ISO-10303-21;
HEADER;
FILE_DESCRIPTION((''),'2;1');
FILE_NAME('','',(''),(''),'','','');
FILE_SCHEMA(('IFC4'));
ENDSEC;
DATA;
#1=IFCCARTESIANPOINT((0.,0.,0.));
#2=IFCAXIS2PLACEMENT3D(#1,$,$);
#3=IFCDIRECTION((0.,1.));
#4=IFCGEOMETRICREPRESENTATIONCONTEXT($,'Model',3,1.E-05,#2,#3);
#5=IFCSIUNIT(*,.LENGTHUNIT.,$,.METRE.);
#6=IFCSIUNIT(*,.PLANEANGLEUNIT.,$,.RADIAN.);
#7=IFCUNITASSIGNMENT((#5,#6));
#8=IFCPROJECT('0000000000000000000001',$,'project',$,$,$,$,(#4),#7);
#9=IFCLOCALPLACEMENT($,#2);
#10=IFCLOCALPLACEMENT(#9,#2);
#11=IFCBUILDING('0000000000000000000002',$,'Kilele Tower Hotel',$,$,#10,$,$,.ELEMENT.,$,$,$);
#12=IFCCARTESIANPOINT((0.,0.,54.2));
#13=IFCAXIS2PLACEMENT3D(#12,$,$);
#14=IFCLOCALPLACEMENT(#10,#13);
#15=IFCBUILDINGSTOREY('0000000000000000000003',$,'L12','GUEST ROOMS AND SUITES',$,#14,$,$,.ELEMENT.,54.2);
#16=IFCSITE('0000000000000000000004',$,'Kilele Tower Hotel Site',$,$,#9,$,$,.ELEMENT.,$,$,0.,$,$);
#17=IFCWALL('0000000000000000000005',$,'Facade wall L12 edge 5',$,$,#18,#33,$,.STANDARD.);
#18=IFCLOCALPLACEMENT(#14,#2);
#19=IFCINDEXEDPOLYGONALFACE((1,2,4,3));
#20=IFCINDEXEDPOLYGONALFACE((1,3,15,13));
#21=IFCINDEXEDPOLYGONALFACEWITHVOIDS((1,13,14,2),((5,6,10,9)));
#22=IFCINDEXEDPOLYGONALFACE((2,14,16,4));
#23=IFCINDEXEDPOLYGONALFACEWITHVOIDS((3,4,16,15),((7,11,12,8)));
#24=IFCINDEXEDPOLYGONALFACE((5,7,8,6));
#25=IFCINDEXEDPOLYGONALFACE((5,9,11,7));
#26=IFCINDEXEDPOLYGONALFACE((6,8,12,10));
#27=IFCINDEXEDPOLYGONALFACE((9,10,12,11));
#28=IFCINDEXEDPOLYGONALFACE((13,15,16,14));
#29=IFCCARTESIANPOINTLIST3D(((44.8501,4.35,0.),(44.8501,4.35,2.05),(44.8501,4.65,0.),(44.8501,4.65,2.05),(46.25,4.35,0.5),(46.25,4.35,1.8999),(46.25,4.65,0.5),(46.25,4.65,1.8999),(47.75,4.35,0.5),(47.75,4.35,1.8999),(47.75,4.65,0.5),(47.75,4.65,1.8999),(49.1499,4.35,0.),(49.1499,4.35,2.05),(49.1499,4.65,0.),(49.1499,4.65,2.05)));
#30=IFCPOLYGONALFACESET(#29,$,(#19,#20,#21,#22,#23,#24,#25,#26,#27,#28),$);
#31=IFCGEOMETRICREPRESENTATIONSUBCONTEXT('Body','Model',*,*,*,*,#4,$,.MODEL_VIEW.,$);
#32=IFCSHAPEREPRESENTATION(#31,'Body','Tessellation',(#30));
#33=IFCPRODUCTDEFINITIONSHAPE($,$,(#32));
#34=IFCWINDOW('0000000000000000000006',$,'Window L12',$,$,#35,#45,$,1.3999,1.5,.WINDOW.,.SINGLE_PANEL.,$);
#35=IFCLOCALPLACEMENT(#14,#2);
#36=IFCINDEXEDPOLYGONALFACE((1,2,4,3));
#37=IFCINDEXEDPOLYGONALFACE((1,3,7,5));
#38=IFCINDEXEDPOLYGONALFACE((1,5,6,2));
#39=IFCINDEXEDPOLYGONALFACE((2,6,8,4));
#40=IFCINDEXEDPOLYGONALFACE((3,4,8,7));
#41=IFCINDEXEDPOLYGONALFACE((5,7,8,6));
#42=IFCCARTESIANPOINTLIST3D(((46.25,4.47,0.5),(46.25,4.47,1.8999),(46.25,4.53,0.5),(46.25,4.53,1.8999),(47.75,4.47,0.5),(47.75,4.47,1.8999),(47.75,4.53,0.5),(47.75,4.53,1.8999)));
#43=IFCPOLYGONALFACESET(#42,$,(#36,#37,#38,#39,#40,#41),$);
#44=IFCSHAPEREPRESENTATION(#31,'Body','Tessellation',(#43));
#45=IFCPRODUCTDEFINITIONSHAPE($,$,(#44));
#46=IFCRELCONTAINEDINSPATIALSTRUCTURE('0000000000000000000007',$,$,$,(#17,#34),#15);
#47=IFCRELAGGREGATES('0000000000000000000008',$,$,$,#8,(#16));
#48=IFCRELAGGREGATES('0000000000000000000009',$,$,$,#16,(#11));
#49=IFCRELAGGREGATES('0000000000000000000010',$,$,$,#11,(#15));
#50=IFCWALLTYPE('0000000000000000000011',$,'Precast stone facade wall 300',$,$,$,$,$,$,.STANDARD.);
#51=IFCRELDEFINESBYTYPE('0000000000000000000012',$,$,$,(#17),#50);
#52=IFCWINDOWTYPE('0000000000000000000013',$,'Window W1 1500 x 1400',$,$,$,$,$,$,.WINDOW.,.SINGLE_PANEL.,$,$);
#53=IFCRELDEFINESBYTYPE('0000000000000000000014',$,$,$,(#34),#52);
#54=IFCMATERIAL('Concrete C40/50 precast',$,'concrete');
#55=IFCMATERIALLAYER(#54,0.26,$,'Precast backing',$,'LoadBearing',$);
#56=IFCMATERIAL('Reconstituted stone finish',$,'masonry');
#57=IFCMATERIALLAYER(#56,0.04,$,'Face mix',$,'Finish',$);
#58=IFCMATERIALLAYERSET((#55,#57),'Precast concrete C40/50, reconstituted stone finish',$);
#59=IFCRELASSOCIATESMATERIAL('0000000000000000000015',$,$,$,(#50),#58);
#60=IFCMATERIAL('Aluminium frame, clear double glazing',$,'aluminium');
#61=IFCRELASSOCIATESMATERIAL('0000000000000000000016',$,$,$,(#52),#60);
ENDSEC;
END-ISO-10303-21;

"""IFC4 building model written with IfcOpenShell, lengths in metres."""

from ifc_helpers import new_model, si_unit, direction, frame, frame_2d, origin, place, context, subcontext, project, spatial, rectangle, extrude, material, layer, layer_set, type_object, element, fill, save


model = new_model("IFC4")

# Units and contexts
model_context = context("Model", 3, precision=1e-05, world=origin(), true_north=direction((0.0, 1.0)))
body_context = subcontext(model_context, "Body", "Model", "MODEL_VIEW")
ifc_project = project(units=[si_unit("LENGTHUNIT", "METRE"), si_unit("PLANEANGLEUNIT", "RADIAN")], contexts=[model_context])

# Site, building, storey
site_placement = place(None, origin())
site = spatial("IfcSite", under=ifc_project, at=site_placement, Name="Kilele Tower Hotel Site", CompositionType="ELEMENT", RefElevation=0.0)
building_placement = place(site_placement, origin())
building = spatial("IfcBuilding", under=site, at=building_placement, Name="Kilele Tower Hotel", CompositionType="ELEMENT")
storey_placement = place(building_placement, frame((0.0, 0.0, 54.2)))
storey = spatial("IfcBuildingStorey", under=building, at=storey_placement, Name="L12", Description="GUEST ROOMS AND SUITES", CompositionType="ELEMENT", Elevation=54.2)

# Wall, opening, window
ifc_material_1 = material(Name="Concrete C40/50 precast", Category="concrete")
ifc_layer_1 = layer(ifc_material_1, 0.26, Name="Precast backing", Category="LoadBearing")
ifc_material_2 = material(Name="Reconstituted stone finish", Category="masonry")
ifc_layer_2 = layer(ifc_material_2, 0.04, Name="Face mix", Category="Finish")
ifc_layer_set_1 = layer_set([ifc_layer_1, ifc_layer_2], Name="Precast concrete C40/50, reconstituted stone finish")
wall_type_1 = type_object("IfcWallType", Name="Precast stone facade wall 300", PredefinedType="STANDARD", material=ifc_layer_set_1)
ifc_material_3 = material(Name="Aluminium frame, clear double glazing", Category="aluminium")
window_type = type_object("IfcWindowType", Name="Window W1 1500 x 1400", PartitioningType="SINGLE_PANEL", PredefinedType="WINDOW", material=ifc_material_3)
wall_1_placement = place(storey_placement, frame((44.8501, 4.5, 0.0), z_axis=(0.0, 0.0, 1.0), x_axis=(1.0, 0.0, 0.0)))
wall_1 = element("IfcWall", 1, at=wall_1_placement, inside=storey, type_object=wall_type_1, Name="Facade wall L12 edge 5", PredefinedType="STANDARD", context=body_context, shape_type="SweptSolid", body=[
    extrude(rectangle(XDim=4.2998, YDim=0.3, at=frame_2d((2.1499, 0.0))), origin(), (0.0, 0.0, 1.0), 2.05),
])
opening_1_placement = place(wall_1_placement, frame((1.3999, 0.0, 0.5)))
opening_1 = element("IfcOpeningElement", 2, at=opening_1_placement, cuts=wall_1, PredefinedType="OPENING", context=body_context, shape_type="SweptSolid", body=[
    extrude(rectangle(XDim=1.5, YDim=1.3999, at=frame_2d((0.75, 0.7))), frame((0.0, 0.1599, 0.0), z_axis=(0.0, -1.0, 0.0), x_axis=(1.0, 0.0, 0.0)), (0.0, 0.0, 1.0), 0.3201),
])
window_1_placement = place(opening_1_placement, origin())
window_1 = element("IfcWindow", 3, at=window_1_placement, inside=storey, type_object=window_type, Name="Window L12", OverallHeight=1.3999, OverallWidth=1.5, PartitioningType="SINGLE_PANEL", PredefinedType="WINDOW", context=body_context, shape_type="SweptSolid", body=[
    extrude(rectangle(XDim=1.5, YDim=1.3999, at=frame_2d((0.75, 0.7))), frame((0.0, 0.03, 0.0), z_axis=(0.0, -1.0, 0.0), x_axis=(1.0, 0.0, 0.0)), (0.0, 0.0, 1.0), 0.0601),
])
fill(opening_1, window_1)

save(model, "model.ifc")
